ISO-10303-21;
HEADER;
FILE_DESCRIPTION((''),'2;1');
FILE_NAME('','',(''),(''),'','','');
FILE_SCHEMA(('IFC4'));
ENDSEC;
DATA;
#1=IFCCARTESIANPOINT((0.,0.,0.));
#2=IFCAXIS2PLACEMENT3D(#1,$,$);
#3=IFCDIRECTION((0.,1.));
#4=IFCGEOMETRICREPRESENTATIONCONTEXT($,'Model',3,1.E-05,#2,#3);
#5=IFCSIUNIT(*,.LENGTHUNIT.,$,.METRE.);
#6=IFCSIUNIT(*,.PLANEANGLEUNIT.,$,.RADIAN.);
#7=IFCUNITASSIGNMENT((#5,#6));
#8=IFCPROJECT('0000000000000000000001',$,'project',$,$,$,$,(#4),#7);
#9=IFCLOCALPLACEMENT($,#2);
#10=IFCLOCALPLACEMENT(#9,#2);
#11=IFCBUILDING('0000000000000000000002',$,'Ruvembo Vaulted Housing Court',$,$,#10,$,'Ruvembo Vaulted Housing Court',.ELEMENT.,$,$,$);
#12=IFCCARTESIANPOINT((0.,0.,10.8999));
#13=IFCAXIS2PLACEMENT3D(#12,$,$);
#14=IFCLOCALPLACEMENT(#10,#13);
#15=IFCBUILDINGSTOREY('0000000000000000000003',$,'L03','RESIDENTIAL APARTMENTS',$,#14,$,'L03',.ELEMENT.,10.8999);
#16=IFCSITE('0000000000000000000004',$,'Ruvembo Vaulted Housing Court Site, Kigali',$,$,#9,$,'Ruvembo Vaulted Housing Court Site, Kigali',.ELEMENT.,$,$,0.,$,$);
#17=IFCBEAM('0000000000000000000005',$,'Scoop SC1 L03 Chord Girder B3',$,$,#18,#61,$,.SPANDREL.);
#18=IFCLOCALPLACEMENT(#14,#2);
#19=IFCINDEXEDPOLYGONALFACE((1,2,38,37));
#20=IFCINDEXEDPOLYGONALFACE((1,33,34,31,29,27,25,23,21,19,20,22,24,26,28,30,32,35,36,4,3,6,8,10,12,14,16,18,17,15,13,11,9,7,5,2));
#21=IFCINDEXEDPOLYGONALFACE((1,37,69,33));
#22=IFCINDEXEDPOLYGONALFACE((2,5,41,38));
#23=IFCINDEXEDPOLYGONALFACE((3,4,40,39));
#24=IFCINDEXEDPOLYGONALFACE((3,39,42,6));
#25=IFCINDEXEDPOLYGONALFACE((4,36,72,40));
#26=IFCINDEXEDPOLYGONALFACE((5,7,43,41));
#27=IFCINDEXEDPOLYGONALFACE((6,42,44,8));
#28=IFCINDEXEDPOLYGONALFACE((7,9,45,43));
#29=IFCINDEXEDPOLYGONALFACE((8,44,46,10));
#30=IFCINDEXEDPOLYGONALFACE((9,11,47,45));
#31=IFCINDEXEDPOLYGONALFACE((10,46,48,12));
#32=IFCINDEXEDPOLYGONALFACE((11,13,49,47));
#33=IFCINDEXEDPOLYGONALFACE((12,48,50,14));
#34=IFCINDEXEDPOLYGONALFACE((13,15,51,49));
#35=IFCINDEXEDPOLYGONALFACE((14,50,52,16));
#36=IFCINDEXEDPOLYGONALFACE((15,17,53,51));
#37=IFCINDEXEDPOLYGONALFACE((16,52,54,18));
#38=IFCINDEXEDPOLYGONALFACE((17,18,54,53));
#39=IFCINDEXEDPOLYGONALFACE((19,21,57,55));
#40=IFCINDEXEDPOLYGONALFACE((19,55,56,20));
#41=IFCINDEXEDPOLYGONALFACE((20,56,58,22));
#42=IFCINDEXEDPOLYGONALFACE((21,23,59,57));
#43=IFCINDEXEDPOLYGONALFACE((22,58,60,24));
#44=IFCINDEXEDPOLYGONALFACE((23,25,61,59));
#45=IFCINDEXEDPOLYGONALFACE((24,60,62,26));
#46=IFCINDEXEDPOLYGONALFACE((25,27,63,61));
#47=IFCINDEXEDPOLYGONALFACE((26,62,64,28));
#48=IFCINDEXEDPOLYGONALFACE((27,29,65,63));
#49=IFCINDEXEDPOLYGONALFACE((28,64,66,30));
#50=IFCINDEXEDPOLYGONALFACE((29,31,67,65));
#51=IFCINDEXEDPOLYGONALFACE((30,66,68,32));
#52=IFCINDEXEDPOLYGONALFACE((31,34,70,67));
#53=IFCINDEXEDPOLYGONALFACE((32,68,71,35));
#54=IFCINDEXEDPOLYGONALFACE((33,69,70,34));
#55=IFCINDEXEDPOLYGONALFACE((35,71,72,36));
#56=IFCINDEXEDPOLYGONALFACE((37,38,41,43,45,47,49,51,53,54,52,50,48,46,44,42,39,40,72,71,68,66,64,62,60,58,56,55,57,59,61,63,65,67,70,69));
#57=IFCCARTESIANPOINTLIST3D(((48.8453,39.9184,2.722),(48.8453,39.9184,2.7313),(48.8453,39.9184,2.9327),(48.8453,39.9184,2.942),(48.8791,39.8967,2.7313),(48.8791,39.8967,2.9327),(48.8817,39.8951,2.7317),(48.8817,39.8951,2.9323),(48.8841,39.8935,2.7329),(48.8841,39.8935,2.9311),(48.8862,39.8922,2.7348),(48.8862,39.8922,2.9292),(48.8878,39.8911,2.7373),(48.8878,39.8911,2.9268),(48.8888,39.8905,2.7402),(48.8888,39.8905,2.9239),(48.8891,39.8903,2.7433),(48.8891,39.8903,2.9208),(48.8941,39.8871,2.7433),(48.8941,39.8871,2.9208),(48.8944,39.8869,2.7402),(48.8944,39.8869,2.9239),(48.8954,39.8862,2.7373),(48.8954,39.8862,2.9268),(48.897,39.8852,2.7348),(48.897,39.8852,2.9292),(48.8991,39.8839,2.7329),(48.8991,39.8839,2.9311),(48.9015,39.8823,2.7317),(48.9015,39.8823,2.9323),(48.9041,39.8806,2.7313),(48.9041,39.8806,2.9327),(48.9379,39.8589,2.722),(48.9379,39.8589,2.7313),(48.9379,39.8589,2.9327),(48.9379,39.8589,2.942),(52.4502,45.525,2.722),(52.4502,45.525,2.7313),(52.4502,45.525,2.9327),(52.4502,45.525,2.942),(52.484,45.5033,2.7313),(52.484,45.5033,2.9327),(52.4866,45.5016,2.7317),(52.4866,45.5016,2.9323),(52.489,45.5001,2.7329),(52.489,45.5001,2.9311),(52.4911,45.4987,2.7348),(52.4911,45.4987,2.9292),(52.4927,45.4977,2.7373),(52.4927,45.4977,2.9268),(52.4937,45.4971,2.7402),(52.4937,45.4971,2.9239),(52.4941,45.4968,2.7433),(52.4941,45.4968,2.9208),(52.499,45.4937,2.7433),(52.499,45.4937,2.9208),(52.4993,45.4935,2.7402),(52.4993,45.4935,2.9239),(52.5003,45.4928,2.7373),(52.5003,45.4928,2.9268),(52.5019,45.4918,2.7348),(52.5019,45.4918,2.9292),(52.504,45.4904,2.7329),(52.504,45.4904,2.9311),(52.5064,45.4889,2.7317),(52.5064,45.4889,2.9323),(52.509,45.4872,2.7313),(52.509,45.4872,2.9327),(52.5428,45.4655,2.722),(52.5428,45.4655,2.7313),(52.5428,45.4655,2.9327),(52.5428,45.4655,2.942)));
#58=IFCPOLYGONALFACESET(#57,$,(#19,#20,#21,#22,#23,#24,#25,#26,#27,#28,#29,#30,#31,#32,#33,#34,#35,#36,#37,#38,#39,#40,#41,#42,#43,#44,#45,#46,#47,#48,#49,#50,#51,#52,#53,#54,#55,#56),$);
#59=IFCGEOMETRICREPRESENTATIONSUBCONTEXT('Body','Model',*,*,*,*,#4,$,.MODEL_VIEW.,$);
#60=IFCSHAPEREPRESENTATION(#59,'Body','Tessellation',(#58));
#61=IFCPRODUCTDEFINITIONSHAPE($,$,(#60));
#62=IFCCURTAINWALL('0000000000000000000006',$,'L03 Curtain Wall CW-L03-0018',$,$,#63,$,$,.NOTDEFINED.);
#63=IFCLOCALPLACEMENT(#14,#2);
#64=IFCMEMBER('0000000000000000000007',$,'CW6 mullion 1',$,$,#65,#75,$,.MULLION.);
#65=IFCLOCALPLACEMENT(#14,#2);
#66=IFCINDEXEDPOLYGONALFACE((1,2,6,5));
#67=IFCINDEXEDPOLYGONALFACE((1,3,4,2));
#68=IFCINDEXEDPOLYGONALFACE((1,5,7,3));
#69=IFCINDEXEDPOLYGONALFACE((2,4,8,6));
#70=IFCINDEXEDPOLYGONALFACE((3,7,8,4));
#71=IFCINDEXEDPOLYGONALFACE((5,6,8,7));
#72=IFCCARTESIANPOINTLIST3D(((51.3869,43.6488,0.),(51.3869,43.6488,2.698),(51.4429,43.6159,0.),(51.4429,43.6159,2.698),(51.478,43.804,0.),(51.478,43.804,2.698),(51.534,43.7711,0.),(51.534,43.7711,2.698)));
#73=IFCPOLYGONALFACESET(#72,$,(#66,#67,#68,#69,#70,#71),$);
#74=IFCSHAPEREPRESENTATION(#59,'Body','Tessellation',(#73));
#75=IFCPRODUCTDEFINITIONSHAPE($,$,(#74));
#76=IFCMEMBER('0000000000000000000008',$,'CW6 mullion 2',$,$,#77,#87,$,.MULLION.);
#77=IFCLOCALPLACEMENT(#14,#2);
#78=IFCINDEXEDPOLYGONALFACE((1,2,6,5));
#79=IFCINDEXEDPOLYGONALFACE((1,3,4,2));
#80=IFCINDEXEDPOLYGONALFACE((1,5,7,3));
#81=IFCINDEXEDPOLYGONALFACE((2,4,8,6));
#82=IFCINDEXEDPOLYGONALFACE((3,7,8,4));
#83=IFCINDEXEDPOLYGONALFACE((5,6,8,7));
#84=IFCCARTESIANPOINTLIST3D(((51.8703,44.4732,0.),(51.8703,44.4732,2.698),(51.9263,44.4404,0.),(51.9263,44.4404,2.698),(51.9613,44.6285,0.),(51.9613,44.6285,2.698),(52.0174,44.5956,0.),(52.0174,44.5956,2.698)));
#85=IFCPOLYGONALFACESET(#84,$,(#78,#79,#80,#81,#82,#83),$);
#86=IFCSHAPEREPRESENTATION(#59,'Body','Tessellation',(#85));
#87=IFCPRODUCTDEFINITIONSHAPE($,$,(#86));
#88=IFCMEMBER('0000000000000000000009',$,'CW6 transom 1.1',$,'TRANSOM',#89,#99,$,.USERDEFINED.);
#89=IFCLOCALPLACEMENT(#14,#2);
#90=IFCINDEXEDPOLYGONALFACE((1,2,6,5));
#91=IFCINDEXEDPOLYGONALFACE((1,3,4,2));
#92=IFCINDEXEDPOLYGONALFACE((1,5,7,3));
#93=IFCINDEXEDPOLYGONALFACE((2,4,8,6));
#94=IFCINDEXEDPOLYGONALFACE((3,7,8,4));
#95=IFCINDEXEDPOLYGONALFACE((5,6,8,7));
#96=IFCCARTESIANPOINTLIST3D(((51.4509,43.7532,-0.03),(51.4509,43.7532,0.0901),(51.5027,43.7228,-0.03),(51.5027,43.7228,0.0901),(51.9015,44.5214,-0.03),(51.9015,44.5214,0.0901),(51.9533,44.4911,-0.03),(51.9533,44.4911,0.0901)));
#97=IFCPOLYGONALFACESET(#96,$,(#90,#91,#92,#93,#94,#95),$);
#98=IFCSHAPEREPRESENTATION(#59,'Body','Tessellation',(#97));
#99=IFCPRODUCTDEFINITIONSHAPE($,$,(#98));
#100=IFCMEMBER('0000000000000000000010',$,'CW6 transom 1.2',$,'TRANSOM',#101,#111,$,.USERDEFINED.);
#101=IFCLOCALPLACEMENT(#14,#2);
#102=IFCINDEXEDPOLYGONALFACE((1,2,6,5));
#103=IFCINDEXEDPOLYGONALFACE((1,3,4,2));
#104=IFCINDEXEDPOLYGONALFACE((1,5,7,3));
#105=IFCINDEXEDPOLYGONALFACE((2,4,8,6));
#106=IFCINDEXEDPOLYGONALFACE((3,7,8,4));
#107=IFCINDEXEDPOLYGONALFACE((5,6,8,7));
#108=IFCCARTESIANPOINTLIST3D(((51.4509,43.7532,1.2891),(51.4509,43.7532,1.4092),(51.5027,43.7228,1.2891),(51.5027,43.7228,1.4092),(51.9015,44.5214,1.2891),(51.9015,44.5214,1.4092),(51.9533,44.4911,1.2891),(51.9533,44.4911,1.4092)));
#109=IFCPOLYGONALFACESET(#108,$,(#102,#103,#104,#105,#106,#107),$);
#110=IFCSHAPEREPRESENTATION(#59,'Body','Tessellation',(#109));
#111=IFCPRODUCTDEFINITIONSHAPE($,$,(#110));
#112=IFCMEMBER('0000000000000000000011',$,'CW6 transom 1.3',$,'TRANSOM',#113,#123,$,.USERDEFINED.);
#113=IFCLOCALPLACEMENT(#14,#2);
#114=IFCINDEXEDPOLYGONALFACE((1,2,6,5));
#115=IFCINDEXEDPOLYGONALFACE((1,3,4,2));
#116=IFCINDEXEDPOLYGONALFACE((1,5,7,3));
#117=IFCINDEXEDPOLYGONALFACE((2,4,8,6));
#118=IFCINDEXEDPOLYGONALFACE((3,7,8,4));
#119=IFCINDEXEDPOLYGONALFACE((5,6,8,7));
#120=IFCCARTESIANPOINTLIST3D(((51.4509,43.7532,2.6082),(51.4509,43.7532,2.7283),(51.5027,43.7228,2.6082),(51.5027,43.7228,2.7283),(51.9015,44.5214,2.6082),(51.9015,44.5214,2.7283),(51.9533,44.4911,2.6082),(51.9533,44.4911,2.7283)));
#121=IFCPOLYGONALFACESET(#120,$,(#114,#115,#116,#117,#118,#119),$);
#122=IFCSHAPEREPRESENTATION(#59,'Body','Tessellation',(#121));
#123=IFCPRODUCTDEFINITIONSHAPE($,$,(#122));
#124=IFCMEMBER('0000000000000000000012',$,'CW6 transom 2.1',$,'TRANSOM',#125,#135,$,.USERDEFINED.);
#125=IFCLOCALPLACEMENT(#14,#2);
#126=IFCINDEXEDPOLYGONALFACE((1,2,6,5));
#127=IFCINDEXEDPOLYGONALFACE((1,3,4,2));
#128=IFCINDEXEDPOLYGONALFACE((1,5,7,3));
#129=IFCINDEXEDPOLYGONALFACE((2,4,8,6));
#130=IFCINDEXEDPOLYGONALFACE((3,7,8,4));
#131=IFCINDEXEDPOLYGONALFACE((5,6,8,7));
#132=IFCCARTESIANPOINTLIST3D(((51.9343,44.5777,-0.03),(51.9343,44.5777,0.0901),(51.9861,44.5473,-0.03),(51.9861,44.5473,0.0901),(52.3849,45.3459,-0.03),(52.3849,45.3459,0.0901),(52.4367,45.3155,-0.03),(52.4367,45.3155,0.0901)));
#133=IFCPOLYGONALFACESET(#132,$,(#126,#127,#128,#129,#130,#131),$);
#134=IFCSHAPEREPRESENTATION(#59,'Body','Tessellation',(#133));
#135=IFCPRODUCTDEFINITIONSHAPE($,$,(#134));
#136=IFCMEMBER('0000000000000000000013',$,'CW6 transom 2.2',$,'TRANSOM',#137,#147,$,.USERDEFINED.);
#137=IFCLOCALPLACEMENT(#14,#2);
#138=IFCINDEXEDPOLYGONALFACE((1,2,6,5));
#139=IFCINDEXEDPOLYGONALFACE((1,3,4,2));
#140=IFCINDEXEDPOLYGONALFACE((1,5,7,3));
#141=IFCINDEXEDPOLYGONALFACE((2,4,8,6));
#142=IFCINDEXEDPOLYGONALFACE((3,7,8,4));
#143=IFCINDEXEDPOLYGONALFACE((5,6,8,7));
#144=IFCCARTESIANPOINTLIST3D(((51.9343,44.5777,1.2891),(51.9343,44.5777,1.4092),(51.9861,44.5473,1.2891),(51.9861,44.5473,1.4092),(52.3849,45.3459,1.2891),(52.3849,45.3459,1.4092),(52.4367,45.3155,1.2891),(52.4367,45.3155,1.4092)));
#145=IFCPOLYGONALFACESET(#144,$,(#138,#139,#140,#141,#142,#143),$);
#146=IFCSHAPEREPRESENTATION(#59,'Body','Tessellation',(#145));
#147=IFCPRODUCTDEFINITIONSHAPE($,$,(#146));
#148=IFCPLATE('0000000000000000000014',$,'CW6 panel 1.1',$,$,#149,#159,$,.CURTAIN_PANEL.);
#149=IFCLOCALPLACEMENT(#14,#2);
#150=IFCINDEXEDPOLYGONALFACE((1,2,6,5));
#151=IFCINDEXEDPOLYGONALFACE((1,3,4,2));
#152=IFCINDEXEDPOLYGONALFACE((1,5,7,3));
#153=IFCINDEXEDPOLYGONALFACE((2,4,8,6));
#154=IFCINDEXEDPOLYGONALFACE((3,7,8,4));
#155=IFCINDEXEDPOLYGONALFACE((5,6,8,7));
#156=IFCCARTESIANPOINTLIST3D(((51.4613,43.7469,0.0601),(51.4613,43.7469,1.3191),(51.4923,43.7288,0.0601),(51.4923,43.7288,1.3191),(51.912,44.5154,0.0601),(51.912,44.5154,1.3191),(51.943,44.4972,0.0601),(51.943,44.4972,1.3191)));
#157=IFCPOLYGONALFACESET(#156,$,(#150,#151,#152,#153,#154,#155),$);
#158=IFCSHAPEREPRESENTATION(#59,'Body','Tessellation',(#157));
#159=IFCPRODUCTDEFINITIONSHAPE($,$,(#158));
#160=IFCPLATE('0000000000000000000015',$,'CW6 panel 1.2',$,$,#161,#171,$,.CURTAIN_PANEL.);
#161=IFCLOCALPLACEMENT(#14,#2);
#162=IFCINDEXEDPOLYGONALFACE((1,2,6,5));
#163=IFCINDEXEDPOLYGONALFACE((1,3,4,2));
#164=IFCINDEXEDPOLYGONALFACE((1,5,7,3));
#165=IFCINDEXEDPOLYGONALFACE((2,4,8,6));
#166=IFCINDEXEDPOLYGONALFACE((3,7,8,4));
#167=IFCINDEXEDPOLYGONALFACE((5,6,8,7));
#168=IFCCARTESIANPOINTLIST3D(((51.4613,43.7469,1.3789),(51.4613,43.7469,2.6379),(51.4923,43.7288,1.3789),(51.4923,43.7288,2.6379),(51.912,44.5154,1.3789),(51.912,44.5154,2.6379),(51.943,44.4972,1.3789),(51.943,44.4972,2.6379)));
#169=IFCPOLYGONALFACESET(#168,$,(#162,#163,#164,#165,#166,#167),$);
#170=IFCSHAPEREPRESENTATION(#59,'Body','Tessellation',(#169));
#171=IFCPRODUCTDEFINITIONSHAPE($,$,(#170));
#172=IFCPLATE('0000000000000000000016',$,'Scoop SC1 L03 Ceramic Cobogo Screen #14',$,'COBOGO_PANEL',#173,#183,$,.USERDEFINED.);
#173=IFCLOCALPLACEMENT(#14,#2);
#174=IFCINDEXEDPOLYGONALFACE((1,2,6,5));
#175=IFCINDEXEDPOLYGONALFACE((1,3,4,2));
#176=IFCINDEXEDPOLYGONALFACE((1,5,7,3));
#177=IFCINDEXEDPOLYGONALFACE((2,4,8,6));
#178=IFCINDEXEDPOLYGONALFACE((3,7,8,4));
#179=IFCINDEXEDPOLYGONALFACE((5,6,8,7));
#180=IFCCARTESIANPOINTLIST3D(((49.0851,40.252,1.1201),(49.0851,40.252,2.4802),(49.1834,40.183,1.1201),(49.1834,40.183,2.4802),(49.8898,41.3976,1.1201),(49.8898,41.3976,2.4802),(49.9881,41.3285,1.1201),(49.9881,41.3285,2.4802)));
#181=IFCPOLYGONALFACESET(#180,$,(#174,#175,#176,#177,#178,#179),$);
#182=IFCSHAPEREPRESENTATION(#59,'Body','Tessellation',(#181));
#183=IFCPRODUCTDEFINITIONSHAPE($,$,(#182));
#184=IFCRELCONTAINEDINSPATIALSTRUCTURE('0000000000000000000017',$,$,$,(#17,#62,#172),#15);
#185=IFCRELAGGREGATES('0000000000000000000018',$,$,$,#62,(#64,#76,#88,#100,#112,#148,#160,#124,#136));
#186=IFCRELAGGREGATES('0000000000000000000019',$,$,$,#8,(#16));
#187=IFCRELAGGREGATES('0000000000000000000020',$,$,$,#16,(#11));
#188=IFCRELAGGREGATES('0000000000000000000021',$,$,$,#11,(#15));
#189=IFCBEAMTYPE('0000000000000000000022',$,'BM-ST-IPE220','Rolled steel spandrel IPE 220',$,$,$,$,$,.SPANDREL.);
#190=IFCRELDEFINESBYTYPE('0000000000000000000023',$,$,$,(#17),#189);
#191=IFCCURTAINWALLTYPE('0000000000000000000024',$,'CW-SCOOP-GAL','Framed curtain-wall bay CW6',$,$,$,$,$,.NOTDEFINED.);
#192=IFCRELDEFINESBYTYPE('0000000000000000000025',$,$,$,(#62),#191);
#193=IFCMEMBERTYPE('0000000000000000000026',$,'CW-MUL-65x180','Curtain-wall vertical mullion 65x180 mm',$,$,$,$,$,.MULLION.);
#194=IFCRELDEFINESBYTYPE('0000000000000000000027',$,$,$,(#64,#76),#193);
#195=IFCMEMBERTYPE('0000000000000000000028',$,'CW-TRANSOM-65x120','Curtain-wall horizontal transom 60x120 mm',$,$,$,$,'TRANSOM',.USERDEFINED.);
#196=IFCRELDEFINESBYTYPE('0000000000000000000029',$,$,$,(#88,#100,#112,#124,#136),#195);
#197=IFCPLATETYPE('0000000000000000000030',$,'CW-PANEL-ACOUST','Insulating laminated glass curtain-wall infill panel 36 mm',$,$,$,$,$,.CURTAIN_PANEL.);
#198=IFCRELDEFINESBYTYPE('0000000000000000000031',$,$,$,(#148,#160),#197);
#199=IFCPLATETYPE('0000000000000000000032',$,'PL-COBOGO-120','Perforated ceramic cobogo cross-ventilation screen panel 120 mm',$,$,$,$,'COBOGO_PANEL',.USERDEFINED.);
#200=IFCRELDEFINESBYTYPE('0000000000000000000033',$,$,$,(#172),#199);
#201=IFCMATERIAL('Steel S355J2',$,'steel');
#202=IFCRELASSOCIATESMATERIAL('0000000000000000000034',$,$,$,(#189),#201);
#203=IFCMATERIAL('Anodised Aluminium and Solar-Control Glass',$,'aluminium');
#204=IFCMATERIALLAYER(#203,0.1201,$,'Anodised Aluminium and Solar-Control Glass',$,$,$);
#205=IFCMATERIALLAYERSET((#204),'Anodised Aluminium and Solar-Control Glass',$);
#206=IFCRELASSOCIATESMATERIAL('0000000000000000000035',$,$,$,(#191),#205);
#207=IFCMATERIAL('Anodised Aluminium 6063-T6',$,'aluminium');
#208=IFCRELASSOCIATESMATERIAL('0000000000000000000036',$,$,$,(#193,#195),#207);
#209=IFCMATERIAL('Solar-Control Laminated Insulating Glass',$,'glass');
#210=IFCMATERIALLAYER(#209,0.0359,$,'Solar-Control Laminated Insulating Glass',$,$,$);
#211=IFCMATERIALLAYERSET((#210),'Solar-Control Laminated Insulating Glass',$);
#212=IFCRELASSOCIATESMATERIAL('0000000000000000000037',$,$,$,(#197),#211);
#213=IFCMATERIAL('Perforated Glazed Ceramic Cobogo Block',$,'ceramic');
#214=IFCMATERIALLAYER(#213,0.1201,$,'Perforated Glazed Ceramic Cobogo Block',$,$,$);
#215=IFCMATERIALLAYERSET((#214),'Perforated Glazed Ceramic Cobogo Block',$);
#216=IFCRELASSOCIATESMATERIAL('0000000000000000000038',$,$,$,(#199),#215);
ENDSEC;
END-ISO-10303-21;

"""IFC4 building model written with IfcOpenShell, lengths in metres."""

from ifc_helpers import new_model, si_unit, direction, frame, origin, origin_2d, place, context, subcontext, project, spatial, rectangle, i_section, extrude, material, layer, layer_set, material_profile, profile_set, type_object, element, aggregate, save


model = new_model("IFC4")

# Units and contexts
model_context = context("Model", 3, precision=1e-05, world=origin(), true_north=direction((0.0, 1.0)))
body_context = subcontext(model_context, "Body", "Model", "MODEL_VIEW")
ifc_project = project(units=[si_unit("LENGTHUNIT", "METRE"), si_unit("PLANEANGLEUNIT", "RADIAN")], contexts=[model_context])

# Site, building, storey
site_placement = place(None, origin())
site = spatial("IfcSite", under=ifc_project, at=site_placement, Name="Ruvembo Vaulted Housing Court Site, Kigali", LongName="Ruvembo Vaulted Housing Court Site, Kigali", CompositionType="ELEMENT", RefElevation=0.0)
building_placement = place(site_placement, origin())
building = spatial("IfcBuilding", under=site, at=building_placement, Name="Ruvembo Vaulted Housing Court", LongName="Ruvembo Vaulted Housing Court", CompositionType="ELEMENT")
storey_placement = place(building_placement, frame((0.0, 0.0, 10.8999)))
storey = spatial("IfcBuildingStorey", under=building, at=storey_placement, Name="L03", Description="RESIDENTIAL APARTMENTS", LongName="L03", CompositionType="ELEMENT", Elevation=10.8999)

# Beam
ifc_material_1 = material(Name="Steel S355J2", Category="steel")
ifc_material_profile_1 = material_profile(ifc_material_1, i_section(OverallWidth=0.1101, OverallDepth=0.22, WebThickness=0.0059, FlangeThickness=0.0093, FilletRadius=0.012, at=origin_2d()), Name="IPE 220")
ifc_profile_set_1 = profile_set([ifc_material_profile_1], Name="Steel S355J2")
beam_type_1 = type_object("IfcBeamType", Name="BM-ST-IPE220", Description="Rolled steel spandrel IPE 220", PredefinedType="SPANDREL", material=ifc_profile_set_1)
beam_1_placement = place(storey_placement, frame((48.8916, 39.8887, 2.832), z_axis=(0.54083, 0.841132, 0.0), x_axis=(-0.841132, 0.54083, 0.0)))
element("IfcBeam", 1, at=beam_1_placement, inside=storey, type_object=beam_type_1, Name="Scoop SC1 L03 Chord Girder B3", PredefinedType="SPANDREL", context=body_context, shape_type="SweptSolid", body=[
    extrude(i_section(OverallWidth=0.1101, OverallDepth=0.22, WebThickness=0.0059, FlangeThickness=0.0093, FilletRadius=0.012, at=origin_2d()), origin(), (0.0, 0.0, 1.0), 6.6655),
])

# Curtain wall, members, plates
ifc_material_2 = material(Name="Anodised Aluminium and Solar-Control Glass", Category="aluminium")
ifc_layer_1 = layer(ifc_material_2, 0.1201, Name="Anodised Aluminium and Solar-Control Glass")
ifc_layer_set_1 = layer_set([ifc_layer_1], Name="Anodised Aluminium and Solar-Control Glass")
curtain_wall_type = type_object("IfcCurtainWallType", Name="CW-SCOOP-GAL", Description="Framed curtain-wall bay CW6", PredefinedType="NOTDEFINED", material=ifc_layer_set_1)
curtain_wall_placement = place(storey_placement, origin())
curtain_wall = element("IfcCurtainWall", 2, at=curtain_wall_placement, inside=storey, type_object=curtain_wall_type, Name="L03 Curtain Wall CW-L03-0018", PredefinedType="NOTDEFINED")
ifc_material_3 = material(Name="Anodised Aluminium 6063-T6", Category="aluminium")
ifc_material_profile_2 = material_profile(ifc_material_3, rectangle(XDim=0.0649, YDim=0.1799, at=origin_2d()), Name="ALU 65x180")
ifc_profile_set_2 = profile_set([ifc_material_profile_2], Name="Anodised Aluminium 6063-T6")
member_type_1 = type_object("IfcMemberType", Name="CW-MUL-65x180", Description="Curtain-wall vertical mullion 65x180 mm", PredefinedType="MULLION", material=ifc_profile_set_2)
member_1_placement = place(storey_placement, frame((51.4604, 43.71, 0.0), z_axis=(0.0, 0.0, 1.0), x_axis=(-0.862606, 0.505877, 0.0)))
member_1 = element("IfcMember", 3, at=member_1_placement, type_object=member_type_1, Name="CW6 mullion 1", PredefinedType="MULLION", context=body_context, shape_type="SweptSolid", body=[
    extrude(rectangle(XDim=0.0649, YDim=0.1799, at=origin_2d()), origin(), (0.0, 0.0, 1.0), 2.698),
])
member_2_placement = place(storey_placement, frame((51.9438, 44.5344, 0.0), z_axis=(0.0, 0.0, 1.0), x_axis=(-0.862606, 0.505877, 0.0)))
member_2 = element("IfcMember", 4, at=member_2_placement, type_object=member_type_1, Name="CW6 mullion 2", PredefinedType="MULLION", context=body_context, shape_type="SweptSolid", body=[
    extrude(rectangle(XDim=0.0649, YDim=0.1799, at=origin_2d()), origin(), (0.0, 0.0, 1.0), 2.698),
])
ifc_material_profile_3 = material_profile(ifc_material_3, rectangle(XDim=0.0601, YDim=0.1201, at=origin_2d()), Name="ALU 60x120")
ifc_profile_set_3 = profile_set([ifc_material_profile_3], Name="Anodised Aluminium 6063-T6")
member_type_2 = type_object("IfcMemberType", Name="CW-TRANSOM-65x120", Description="Curtain-wall horizontal transom 60x120 mm", ElementType="TRANSOM", PredefinedType="USERDEFINED", material=ifc_profile_set_3)
member_3_placement = place(storey_placement, frame((51.4768, 43.738, 0.03), z_axis=(0.505966, 0.862554, 0.0), x_axis=(-0.862554, 0.505966, 0.0)))
member_3 = element("IfcMember", 5, at=member_3_placement, type_object=member_type_2, Name="CW6 transom 1.1", ObjectType="TRANSOM", PredefinedType="USERDEFINED", context=body_context, shape_type="SweptSolid", body=[
    extrude(rectangle(XDim=0.0601, YDim=0.1201, at=origin_2d()), origin(), (0.0, 0.0, 1.0), 0.8906),
])
member_4_placement = place(storey_placement, frame((51.4768, 43.738, 1.3491), z_axis=(0.505966, 0.862554, 0.0), x_axis=(-0.862554, 0.505966, 0.0)))
member_4 = element("IfcMember", 6, at=member_4_placement, type_object=member_type_2, Name="CW6 transom 1.2", ObjectType="TRANSOM", PredefinedType="USERDEFINED", context=body_context, shape_type="SweptSolid", body=[
    extrude(rectangle(XDim=0.0601, YDim=0.1201, at=origin_2d()), origin(), (0.0, 0.0, 1.0), 0.8906),
])
member_5_placement = place(storey_placement, frame((51.4768, 43.738, 2.6682), z_axis=(0.505966, 0.862554, 0.0), x_axis=(-0.862554, 0.505966, 0.0)))
member_5 = element("IfcMember", 7, at=member_5_placement, type_object=member_type_2, Name="CW6 transom 1.3", ObjectType="TRANSOM", PredefinedType="USERDEFINED", context=body_context, shape_type="SweptSolid", body=[
    extrude(rectangle(XDim=0.0601, YDim=0.1201, at=origin_2d()), origin(), (0.0, 0.0, 1.0), 0.8906),
])
member_6_placement = place(storey_placement, frame((51.9602, 44.5625, 0.03), z_axis=(0.505966, 0.862554, 0.0), x_axis=(-0.862554, 0.505966, 0.0)))
member_6 = element("IfcMember", 8, at=member_6_placement, type_object=member_type_2, Name="CW6 transom 2.1", ObjectType="TRANSOM", PredefinedType="USERDEFINED", context=body_context, shape_type="SweptSolid", body=[
    extrude(rectangle(XDim=0.0601, YDim=0.1201, at=origin_2d()), origin(), (0.0, 0.0, 1.0), 0.8906),
])
member_7_placement = place(storey_placement, frame((51.9602, 44.5625, 1.3491), z_axis=(0.505966, 0.862554, 0.0), x_axis=(-0.862554, 0.505966, 0.0)))
member_7 = element("IfcMember", 9, at=member_7_placement, type_object=member_type_2, Name="CW6 transom 2.2", ObjectType="TRANSOM", PredefinedType="USERDEFINED", context=body_context, shape_type="SweptSolid", body=[
    extrude(rectangle(XDim=0.0601, YDim=0.1201, at=origin_2d()), origin(), (0.0, 0.0, 1.0), 0.8906),
])
ifc_material_4 = material(Name="Solar-Control Laminated Insulating Glass", Category="glass")
ifc_layer_2 = layer(ifc_material_4, 0.0359, Name="Solar-Control Laminated Insulating Glass")
ifc_layer_set_2 = layer_set([ifc_layer_2], Name="Solar-Control Laminated Insulating Glass")
plate_type_1 = type_object("IfcPlateType", Name="CW-PANEL-ACOUST", Description="Insulating laminated glass curtain-wall infill panel 36 mm", PredefinedType="CURTAIN_PANEL", material=ifc_layer_set_2)
plate_1_placement = place(storey_placement, frame((51.7021, 44.1221, 0.0601), z_axis=(0.0, 0.0, 1.0), x_axis=(0.505877, 0.862606, 0.0)))
plate_1 = element("IfcPlate", 10, at=plate_1_placement, type_object=plate_type_1, Name="CW6 panel 1.1", PredefinedType="CURTAIN_PANEL", context=body_context, shape_type="SweptSolid", body=[
    extrude(rectangle(XDim=0.8909, YDim=0.0359, at=origin_2d()), origin(), (0.0, 0.0, 1.0), 1.259),
])
plate_2_placement = place(storey_placement, frame((51.7021, 44.1221, 1.3789), z_axis=(0.0, 0.0, 1.0), x_axis=(0.505877, 0.862606, 0.0)))
plate_2 = element("IfcPlate", 11, at=plate_2_placement, type_object=plate_type_1, Name="CW6 panel 1.2", PredefinedType="CURTAIN_PANEL", context=body_context, shape_type="SweptSolid", body=[
    extrude(rectangle(XDim=0.8909, YDim=0.0359, at=origin_2d()), origin(), (0.0, 0.0, 1.0), 1.259),
])
aggregate(curtain_wall, [member_1, member_2, member_3, member_4, member_5, plate_1, plate_2, member_6, member_7])

# Plate
ifc_material_5 = material(Name="Perforated Glazed Ceramic Cobogo Block", Category="ceramic")
ifc_layer_3 = layer(ifc_material_5, 0.1201, Name="Perforated Glazed Ceramic Cobogo Block")
ifc_layer_set_3 = layer_set([ifc_layer_3], Name="Perforated Glazed Ceramic Cobogo Block")
plate_type_2 = type_object("IfcPlateType", Name="PL-COBOGO-120", Description="Perforated ceramic cobogo cross-ventilation screen panel 120 mm", ElementType="COBOGO_PANEL", PredefinedType="USERDEFINED", material=ifc_layer_set_3)
plate_3_placement = place(storey_placement, frame((49.5366, 40.7903, 1.1201), z_axis=(0.0, 0.0, 1.0), x_axis=(0.574805, 0.81829, 0.0)))
element("IfcPlate", 12, at=plate_3_placement, inside=storey, type_object=plate_type_2, Name="Scoop SC1 L03 Ceramic Cobogo Screen #14", ObjectType="COBOGO_PANEL", PredefinedType="USERDEFINED", context=body_context, shape_type="SweptSolid", body=[
    extrude(rectangle(XDim=1.3999, YDim=0.1201, at=origin_2d()), origin(), (0.0, 0.0, 1.0), 1.3601),
])

save(model, "model.ifc")
